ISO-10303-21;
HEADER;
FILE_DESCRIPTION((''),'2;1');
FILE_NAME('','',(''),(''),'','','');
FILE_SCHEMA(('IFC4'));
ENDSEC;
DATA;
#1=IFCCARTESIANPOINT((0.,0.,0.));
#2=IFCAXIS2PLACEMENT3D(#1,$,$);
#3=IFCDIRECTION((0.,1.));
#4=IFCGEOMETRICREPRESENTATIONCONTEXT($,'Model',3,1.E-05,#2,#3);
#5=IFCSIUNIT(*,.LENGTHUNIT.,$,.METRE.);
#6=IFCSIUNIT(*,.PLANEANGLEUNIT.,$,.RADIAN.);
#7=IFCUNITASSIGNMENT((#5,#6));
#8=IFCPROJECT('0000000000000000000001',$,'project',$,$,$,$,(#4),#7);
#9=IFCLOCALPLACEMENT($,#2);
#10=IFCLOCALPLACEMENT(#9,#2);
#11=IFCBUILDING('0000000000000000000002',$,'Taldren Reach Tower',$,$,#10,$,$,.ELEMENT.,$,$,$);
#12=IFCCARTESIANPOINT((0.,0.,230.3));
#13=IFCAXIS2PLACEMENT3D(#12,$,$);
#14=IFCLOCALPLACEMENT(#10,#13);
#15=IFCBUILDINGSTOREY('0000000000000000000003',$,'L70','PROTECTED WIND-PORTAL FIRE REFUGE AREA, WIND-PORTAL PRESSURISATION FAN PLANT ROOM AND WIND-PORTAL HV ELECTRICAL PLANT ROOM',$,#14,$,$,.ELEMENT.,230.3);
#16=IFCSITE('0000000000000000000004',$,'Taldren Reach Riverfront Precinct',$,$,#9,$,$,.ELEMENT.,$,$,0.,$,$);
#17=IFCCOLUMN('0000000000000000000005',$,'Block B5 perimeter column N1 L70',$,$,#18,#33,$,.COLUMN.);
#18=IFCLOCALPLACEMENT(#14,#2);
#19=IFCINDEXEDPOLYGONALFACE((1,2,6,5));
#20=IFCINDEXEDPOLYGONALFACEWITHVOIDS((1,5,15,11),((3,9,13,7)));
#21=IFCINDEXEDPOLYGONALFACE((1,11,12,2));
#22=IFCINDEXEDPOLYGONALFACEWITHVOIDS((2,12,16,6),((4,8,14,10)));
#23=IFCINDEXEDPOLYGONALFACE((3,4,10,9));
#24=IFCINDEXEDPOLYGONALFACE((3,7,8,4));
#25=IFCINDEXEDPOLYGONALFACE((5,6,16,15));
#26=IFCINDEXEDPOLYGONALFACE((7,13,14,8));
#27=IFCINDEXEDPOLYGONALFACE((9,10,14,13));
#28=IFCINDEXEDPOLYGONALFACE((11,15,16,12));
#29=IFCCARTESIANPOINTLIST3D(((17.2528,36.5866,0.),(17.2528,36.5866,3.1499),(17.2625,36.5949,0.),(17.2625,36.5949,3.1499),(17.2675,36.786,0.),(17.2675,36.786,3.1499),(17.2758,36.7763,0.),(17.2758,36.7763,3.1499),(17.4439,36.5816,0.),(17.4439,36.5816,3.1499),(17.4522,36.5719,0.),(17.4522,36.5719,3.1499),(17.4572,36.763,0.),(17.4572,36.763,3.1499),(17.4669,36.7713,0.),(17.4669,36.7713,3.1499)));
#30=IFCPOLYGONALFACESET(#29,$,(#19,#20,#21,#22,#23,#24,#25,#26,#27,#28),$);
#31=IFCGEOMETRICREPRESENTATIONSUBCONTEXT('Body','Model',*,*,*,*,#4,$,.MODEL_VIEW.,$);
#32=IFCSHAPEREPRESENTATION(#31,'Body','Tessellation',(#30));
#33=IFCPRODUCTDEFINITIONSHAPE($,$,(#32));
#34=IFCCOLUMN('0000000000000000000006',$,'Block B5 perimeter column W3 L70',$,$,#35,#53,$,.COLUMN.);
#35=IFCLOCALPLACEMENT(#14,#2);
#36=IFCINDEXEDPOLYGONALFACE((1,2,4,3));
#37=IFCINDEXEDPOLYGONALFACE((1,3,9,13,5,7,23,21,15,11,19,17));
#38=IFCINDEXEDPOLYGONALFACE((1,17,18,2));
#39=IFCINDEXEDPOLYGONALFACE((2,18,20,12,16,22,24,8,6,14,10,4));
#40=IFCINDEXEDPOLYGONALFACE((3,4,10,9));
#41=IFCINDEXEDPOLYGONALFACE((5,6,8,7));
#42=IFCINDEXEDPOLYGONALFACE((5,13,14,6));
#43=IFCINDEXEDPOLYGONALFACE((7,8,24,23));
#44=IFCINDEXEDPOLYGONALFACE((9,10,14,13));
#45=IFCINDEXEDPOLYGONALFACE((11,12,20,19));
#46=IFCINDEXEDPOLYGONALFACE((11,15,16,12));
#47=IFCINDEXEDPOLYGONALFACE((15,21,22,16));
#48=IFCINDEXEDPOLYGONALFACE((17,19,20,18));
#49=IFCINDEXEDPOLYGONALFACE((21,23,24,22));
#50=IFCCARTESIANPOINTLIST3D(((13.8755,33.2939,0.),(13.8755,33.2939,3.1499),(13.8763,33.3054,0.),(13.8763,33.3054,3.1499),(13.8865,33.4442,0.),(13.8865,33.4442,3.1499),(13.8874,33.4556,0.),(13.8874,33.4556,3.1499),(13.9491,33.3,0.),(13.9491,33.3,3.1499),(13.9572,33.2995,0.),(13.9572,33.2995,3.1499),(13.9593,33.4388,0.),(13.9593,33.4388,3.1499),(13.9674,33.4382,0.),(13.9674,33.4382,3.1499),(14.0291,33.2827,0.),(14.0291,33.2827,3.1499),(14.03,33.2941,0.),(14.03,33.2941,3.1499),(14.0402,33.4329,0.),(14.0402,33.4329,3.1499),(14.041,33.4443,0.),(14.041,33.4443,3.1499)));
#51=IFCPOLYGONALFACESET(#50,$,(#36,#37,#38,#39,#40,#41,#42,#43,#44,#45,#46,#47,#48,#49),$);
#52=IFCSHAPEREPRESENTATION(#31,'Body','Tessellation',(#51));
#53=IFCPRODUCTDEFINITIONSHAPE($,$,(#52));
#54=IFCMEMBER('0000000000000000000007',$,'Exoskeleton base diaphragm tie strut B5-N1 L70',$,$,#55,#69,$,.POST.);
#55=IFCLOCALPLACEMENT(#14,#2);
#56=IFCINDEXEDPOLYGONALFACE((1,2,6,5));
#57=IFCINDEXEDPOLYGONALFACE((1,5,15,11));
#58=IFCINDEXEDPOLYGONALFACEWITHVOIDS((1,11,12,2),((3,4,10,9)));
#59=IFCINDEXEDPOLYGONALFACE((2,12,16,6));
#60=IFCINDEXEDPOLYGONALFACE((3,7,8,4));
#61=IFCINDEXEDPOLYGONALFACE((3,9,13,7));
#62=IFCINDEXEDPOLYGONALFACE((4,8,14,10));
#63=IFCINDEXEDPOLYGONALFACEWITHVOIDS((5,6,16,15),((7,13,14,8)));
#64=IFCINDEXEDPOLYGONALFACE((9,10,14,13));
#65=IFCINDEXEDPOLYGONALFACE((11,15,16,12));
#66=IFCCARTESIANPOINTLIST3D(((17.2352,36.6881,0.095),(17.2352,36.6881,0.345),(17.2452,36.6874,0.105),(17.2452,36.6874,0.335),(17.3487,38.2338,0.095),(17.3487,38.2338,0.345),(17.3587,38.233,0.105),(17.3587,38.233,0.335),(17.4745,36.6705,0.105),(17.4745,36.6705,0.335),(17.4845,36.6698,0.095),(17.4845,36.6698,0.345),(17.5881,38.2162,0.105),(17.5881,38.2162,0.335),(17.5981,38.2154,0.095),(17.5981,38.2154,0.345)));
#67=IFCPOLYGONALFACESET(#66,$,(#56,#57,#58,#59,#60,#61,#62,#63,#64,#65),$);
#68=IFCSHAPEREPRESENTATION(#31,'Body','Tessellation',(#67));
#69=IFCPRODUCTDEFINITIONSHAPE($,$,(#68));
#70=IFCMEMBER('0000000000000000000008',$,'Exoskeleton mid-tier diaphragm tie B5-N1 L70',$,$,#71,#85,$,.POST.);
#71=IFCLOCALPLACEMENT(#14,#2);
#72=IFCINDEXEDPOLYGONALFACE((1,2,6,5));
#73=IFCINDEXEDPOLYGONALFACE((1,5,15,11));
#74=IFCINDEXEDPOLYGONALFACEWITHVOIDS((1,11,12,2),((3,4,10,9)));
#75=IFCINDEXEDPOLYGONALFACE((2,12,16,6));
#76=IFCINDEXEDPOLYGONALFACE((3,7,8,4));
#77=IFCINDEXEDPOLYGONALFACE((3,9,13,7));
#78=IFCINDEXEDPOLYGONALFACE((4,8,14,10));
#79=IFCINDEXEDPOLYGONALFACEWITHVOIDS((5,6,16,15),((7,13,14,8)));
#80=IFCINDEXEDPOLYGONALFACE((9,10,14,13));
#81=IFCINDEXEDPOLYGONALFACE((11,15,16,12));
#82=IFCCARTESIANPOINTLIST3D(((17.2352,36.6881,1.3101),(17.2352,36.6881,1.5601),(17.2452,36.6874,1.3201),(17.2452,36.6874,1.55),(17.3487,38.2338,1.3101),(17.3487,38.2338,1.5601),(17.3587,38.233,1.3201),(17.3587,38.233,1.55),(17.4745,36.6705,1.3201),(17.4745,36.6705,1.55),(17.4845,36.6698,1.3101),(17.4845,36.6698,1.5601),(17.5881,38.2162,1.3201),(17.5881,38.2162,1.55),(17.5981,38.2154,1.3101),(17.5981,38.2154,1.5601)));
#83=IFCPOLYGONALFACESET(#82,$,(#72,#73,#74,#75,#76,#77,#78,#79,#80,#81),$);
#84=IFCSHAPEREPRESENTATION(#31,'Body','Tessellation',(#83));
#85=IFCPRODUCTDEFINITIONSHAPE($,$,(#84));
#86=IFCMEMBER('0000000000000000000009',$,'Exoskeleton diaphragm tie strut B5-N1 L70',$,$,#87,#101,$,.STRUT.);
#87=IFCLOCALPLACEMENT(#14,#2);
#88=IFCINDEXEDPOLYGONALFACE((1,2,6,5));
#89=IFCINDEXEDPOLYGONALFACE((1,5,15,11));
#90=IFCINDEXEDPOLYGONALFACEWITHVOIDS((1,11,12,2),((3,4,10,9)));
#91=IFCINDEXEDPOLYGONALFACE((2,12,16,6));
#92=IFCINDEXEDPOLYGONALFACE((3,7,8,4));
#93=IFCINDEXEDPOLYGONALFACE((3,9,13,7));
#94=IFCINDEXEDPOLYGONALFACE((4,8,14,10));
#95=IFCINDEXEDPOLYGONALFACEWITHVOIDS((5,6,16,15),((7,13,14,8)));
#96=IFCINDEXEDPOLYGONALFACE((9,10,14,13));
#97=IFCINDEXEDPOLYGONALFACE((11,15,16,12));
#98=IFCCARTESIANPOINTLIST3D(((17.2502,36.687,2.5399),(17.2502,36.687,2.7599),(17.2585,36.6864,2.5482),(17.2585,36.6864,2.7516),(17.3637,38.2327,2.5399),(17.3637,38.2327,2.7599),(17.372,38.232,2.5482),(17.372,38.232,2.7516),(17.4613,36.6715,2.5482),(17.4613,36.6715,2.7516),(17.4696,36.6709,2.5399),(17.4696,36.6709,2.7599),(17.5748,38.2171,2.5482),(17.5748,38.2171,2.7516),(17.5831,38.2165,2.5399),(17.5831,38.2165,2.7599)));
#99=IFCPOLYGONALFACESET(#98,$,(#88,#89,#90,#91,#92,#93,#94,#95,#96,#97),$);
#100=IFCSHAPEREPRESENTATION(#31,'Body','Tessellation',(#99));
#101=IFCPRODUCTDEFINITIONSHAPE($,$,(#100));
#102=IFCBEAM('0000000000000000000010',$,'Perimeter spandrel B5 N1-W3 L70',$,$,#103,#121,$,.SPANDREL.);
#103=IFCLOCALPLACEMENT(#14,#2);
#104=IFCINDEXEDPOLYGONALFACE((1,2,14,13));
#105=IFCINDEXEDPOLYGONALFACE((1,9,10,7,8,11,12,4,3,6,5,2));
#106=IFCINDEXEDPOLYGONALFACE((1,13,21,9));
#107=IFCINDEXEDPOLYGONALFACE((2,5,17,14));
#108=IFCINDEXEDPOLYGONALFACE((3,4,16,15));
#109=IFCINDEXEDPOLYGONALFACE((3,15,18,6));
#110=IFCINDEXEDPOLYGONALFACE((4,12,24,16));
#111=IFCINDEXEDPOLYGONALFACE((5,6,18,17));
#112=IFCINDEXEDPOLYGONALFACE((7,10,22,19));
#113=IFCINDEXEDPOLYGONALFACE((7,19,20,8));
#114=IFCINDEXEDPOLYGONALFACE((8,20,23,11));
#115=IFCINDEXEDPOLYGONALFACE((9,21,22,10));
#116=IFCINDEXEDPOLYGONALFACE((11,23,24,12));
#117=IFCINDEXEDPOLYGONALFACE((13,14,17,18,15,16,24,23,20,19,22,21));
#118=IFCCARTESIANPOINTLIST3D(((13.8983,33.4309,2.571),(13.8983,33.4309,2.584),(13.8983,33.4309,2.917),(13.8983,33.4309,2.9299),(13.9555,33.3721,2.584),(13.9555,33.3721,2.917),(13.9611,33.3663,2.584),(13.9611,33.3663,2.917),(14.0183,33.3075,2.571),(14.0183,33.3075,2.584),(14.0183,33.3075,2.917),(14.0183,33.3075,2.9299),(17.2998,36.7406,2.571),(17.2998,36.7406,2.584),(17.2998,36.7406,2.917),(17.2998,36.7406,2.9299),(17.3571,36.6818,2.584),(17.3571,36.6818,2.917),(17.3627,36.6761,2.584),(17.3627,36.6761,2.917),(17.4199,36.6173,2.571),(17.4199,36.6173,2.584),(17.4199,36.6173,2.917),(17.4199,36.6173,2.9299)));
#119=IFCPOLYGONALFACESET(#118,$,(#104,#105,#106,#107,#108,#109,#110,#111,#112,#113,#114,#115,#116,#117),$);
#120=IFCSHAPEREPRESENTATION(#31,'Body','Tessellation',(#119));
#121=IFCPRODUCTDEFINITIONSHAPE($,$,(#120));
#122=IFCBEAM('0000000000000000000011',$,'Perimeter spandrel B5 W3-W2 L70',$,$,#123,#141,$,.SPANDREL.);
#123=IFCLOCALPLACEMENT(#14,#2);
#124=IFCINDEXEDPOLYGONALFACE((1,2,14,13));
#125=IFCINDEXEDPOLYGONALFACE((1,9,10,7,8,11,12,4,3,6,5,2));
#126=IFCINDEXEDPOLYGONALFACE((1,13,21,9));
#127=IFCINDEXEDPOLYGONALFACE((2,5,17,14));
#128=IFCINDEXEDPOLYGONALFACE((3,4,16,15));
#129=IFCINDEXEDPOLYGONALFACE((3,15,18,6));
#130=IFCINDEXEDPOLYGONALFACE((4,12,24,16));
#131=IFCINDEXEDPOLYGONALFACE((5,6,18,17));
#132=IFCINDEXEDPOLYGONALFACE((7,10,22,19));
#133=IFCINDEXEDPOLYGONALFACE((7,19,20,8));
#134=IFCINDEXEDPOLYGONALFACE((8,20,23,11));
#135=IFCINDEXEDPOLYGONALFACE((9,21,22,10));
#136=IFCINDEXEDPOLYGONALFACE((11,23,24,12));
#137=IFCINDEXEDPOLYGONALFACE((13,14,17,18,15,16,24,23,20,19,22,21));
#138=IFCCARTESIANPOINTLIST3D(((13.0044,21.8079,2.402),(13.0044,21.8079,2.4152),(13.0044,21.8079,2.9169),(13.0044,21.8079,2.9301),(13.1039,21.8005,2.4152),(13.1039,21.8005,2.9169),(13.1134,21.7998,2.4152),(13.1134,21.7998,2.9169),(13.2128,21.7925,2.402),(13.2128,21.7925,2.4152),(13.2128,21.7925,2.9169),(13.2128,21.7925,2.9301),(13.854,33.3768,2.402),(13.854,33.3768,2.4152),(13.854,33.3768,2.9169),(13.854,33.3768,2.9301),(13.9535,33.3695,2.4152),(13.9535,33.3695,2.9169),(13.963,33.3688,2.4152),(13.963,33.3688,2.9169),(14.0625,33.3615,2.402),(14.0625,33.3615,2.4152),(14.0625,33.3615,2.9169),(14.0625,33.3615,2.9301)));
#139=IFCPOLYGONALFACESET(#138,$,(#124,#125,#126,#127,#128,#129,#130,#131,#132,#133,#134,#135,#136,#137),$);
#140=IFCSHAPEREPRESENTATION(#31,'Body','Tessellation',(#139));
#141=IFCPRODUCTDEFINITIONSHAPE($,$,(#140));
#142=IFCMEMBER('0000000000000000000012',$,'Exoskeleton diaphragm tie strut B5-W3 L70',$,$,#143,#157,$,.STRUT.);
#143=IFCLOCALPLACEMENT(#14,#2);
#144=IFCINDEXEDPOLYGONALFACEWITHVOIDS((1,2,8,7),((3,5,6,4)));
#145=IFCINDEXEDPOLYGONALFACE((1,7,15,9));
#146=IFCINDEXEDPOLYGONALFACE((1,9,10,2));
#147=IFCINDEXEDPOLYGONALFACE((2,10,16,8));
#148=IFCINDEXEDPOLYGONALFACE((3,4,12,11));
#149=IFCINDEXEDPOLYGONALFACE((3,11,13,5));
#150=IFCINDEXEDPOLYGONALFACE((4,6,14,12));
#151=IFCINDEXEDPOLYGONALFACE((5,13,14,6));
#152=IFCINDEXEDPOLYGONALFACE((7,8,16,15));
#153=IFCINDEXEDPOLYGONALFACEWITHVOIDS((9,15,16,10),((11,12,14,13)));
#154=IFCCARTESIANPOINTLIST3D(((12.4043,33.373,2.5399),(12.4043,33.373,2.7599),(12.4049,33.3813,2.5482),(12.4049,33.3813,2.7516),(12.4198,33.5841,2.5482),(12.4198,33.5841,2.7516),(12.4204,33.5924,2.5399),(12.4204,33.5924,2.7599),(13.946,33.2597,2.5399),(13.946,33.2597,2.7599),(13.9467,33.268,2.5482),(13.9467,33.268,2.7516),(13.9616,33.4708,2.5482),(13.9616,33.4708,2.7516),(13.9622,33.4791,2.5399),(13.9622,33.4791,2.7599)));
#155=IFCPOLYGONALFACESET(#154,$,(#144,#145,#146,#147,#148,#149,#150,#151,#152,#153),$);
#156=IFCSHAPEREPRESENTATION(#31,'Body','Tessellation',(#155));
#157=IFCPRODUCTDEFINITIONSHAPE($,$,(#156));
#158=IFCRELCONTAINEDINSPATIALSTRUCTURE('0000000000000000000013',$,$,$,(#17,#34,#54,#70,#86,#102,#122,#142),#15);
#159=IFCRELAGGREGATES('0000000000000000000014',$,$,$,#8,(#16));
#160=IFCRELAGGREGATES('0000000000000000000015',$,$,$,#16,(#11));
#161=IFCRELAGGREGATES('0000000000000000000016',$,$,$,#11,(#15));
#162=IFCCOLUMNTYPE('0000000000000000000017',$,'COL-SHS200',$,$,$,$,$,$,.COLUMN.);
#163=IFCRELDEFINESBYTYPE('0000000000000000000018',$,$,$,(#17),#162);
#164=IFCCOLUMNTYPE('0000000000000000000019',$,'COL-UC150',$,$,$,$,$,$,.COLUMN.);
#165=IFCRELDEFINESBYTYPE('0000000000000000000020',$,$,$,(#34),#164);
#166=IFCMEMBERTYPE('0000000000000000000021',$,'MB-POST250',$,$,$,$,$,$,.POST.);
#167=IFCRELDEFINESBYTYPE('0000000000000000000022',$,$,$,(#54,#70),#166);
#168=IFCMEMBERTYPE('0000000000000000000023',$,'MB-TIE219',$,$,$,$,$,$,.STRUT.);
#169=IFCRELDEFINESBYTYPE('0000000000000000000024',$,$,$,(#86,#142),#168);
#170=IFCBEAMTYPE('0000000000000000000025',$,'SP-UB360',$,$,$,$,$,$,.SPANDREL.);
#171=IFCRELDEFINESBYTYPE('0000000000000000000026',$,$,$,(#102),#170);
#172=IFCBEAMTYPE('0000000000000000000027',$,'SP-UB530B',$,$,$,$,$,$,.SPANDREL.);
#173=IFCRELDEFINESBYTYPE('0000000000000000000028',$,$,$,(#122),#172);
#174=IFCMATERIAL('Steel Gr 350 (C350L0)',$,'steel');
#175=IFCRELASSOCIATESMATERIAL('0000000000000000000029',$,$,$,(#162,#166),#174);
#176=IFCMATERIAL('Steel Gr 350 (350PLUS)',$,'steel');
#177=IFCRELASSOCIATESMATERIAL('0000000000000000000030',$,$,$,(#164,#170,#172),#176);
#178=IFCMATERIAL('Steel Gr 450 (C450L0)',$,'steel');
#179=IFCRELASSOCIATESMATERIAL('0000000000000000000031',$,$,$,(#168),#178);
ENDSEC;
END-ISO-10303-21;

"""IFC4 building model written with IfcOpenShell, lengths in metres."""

from ifc_helpers import new_model, si_unit, direction, frame, origin, origin_2d, place, context, subcontext, project, spatial, hollow_rectangle, i_section, extrude, source, transform, mapped, material, material_profile, profile_set, type_object, element, save


model = new_model("IFC4")

# Units and contexts
model_context = context("Model", 3, precision=1e-05, world=origin(), true_north=direction((0.0, 1.0)))
body_context = subcontext(model_context, "Body", "Model", "MODEL_VIEW")
ifc_project = project(units=[si_unit("LENGTHUNIT", "METRE"), si_unit("PLANEANGLEUNIT", "RADIAN")], contexts=[model_context])

# Site, building, storey
site_placement = place(None, origin())
site = spatial("IfcSite", under=ifc_project, at=site_placement, Name="Taldren Reach Riverfront Precinct", CompositionType="ELEMENT", RefElevation=0.0)
building_placement = place(site_placement, origin())
building = spatial("IfcBuilding", under=site, at=building_placement, Name="Taldren Reach Tower", CompositionType="ELEMENT")
storey_placement = place(building_placement, frame((0.0, 0.0, 230.3)))
storey = spatial("IfcBuildingStorey", under=building, at=storey_placement, Name="L70", Description="PROTECTED WIND-PORTAL FIRE REFUGE AREA, WIND-PORTAL PRESSURISATION FAN PLANT ROOM AND WIND-PORTAL HV ELECTRICAL PLANT ROOM", CompositionType="ELEMENT", Elevation=230.3)

# Columns
ifc_material_1 = material(Name="Steel Gr 350 (C350L0)", Category="steel")
ifc_material_profile_1 = material_profile(ifc_material_1, hollow_rectangle(XDim=0.2, YDim=0.2, WallThickness=0.009, at=origin_2d()), Name="200x200x9.0SHS")
ifc_profile_set_1 = profile_set([ifc_material_profile_1], Name="Steel Gr 350 (C350L0)")
column_type_1 = type_object("IfcColumnType", Name="COL-SHS200", PredefinedType="COLUMN", material=ifc_profile_set_1)
shared_shape_1 = source(origin(), body_context, "Body", "SweptSolid", [
    extrude(hollow_rectangle(XDim=0.2, YDim=0.2, WallThickness=0.009, at=origin_2d()), origin(), (0.0, 0.0, 1.0), 3.1499),
])
column_1_placement = place(storey_placement, frame((17.3599, 36.679, 0.0), z_axis=(0.0, 0.0, 1.0), x_axis=(0.997314, -0.073238, 0.0)))
element("IfcColumn", 1, at=column_1_placement, inside=storey, type_object=column_type_1, Name="Block B5 perimeter column N1 L70", PredefinedType="COLUMN", context=body_context, shape_type="MappedRepresentation", body=[
    mapped(shared_shape_1, transform((0.0, 0.0, 0.0), scale=1.0)),
])
ifc_material_2 = material(Name="Steel Gr 350 (350PLUS)", Category="steel")
ifc_material_profile_2 = material_profile(ifc_material_2, i_section(OverallWidth=0.1541, OverallDepth=0.1621, WebThickness=0.0081, FlangeThickness=0.0115, at=origin_2d()), Name="150UC37.2")
ifc_profile_set_2 = profile_set([ifc_material_profile_2], Name="Steel Gr 350 (350PLUS)")
column_type_2 = type_object("IfcColumnType", Name="COL-UC150", PredefinedType="COLUMN", material=ifc_profile_set_2)
shared_shape_2 = source(origin(), body_context, "Body", "SweptSolid", [
    extrude(i_section(OverallWidth=0.1541, OverallDepth=0.1621, WebThickness=0.0081, FlangeThickness=0.0115, at=origin_2d()), origin(), (0.0, 0.0, 1.0), 3.1499),
])
column_2_placement = place(storey_placement, frame((13.9583, 33.3691, 0.0), z_axis=(0.0, 0.0, 1.0), x_axis=(0.997314, -0.073238, 0.0)))
element("IfcColumn", 2, at=column_2_placement, inside=storey, type_object=column_type_2, Name="Block B5 perimeter column W3 L70", PredefinedType="COLUMN", context=body_context, shape_type="MappedRepresentation", body=[
    mapped(shared_shape_2, transform((0.0, 0.0, 0.0), scale=1.0)),
])

# Members
ifc_material_profile_3 = material_profile(ifc_material_1, hollow_rectangle(XDim=0.25, YDim=0.25, WallThickness=0.01, at=origin_2d()), Name="250x250x10.0SHS")
ifc_profile_set_3 = profile_set([ifc_material_profile_3], Name="Steel Gr 350 (C350L0)")
member_type_1 = type_object("IfcMemberType", Name="MB-POST250", PredefinedType="POST", material=ifc_profile_set_3)
shared_shape_3 = source(origin(), body_context, "Body", "SweptSolid", [
    extrude(hollow_rectangle(XDim=0.25, YDim=0.25, WallThickness=0.01, at=origin_2d()), origin(), (0.0, 0.0, 1.0), 1.5498),
])
for number, where, z_axis, x_axis, name in (
    (3, (17.3599, 36.679, 0.22), (0.073251, 0.997314, 0.0), (-0.997314, 0.073251, 0.0), "Exoskeleton base diaphragm tie strut B5-N1 L70"),
    (4, (17.3599, 36.679, 1.4351), (0.073251, 0.997314, 0.0), (-0.997314, 0.073251, 0.0), "Exoskeleton mid-tier diaphragm tie B5-N1 L70"),
):
    element("IfcMember", number, at=place(storey_placement, frame(where, z_axis=z_axis, x_axis=x_axis)), inside=storey, type_object=member_type_1, Name=name, PredefinedType="POST", context=body_context, shape_type="MappedRepresentation", body=[
        mapped(shared_shape_3, transform((0.0, 0.0, 0.0), scale=1.0)),
    ])
ifc_material_3 = material(Name="Steel Gr 450 (C450L0)", Category="steel")
ifc_material_profile_4 = material_profile(ifc_material_3, hollow_rectangle(XDim=0.22, YDim=0.22, WallThickness=0.0083, at=origin_2d()), Name="220x220x8.2SHS")
ifc_profile_set_4 = profile_set([ifc_material_profile_4], Name="Steel Gr 450 (C450L0)")
member_type_2 = type_object("IfcMemberType", Name="MB-TIE219", PredefinedType="STRUT", material=ifc_profile_set_4)
shared_shape_4 = source(origin(), body_context, "Body", "SweptSolid", [
    extrude(hollow_rectangle(XDim=0.22, YDim=0.22, WallThickness=0.0083, at=origin_2d()), origin(), (0.0, 0.0, 1.0), 1.5498),
])
member_1_placement = place(storey_placement, frame((17.3599, 36.679, 2.6499), z_axis=(0.073251, 0.997314, 0.0), x_axis=(-0.997314, 0.073251, 0.0)))
element("IfcMember", 5, at=member_1_placement, inside=storey, type_object=member_type_2, Name="Exoskeleton diaphragm tie strut B5-N1 L70", PredefinedType="STRUT", context=body_context, shape_type="MappedRepresentation", body=[
    mapped(shared_shape_4, transform((0.0, 0.0, 0.0), scale=1.0)),
])

# Beams
ifc_material_profile_5 = material_profile(ifc_material_2, i_section(OverallWidth=0.1721, OverallDepth=0.3589, WebThickness=0.0081, FlangeThickness=0.0129, at=origin_2d()), Name="360UB56.7")
ifc_profile_set_5 = profile_set([ifc_material_profile_5], Name="Steel Gr 350 (350PLUS)")
beam_type_1 = type_object("IfcBeamType", Name="SP-UB360", PredefinedType="SPANDREL", material=ifc_profile_set_5)
shared_shape_5 = source(origin(), body_context, "Body", "SweptSolid", [
    extrude(i_section(OverallWidth=0.1721, OverallDepth=0.3589, WebThickness=0.0081, FlangeThickness=0.0129, at=origin_2d()), origin(), (0.0, 0.0, 1.0), 4.7461),
])
beam_1_placement = place(storey_placement, frame((17.3599, 36.679, 2.7505), z_axis=(-0.716711, -0.69737, 0.0), x_axis=(0.69737, -0.716711, 0.0)))
element("IfcBeam", 6, at=beam_1_placement, inside=storey, type_object=beam_type_1, Name="Perimeter spandrel B5 N1-W3 L70", PredefinedType="SPANDREL", context=body_context, shape_type="MappedRepresentation", body=[
    mapped(shared_shape_5, transform((0.0, 0.0, 0.0), scale=1.0)),
])
ifc_material_profile_6 = material_profile(ifc_material_2, i_section(OverallWidth=0.209, OverallDepth=0.5281, WebThickness=0.0095, FlangeThickness=0.0132, at=origin_2d()), Name="530UB82.0")
ifc_profile_set_6 = profile_set([ifc_material_profile_6], Name="Steel Gr 350 (350PLUS)")
beam_type_2 = type_object("IfcBeamType", Name="SP-UB530B", PredefinedType="SPANDREL", material=ifc_profile_set_6)
shared_shape_6 = source(origin(), body_context, "Body", "SweptSolid", [
    extrude(i_section(OverallWidth=0.209, OverallDepth=0.5281, WebThickness=0.0095, FlangeThickness=0.0132, at=origin_2d()), origin(), (0.0, 0.0, 1.0), 11.6001),
])
beam_2_placement = place(storey_placement, frame((13.9583, 33.3691, 2.666), z_axis=(-0.073242, -0.997314, 0.0), x_axis=(0.997314, -0.073242, 0.0)))
element("IfcBeam", 7, at=beam_2_placement, inside=storey, type_object=beam_type_2, Name="Perimeter spandrel B5 W3-W2 L70", PredefinedType="SPANDREL", context=body_context, shape_type="MappedRepresentation", body=[
    mapped(shared_shape_6, transform((0.0, 0.0, 0.0), scale=1.0)),
])

# Member
shared_shape_7 = source(origin(), body_context, "Body", "SweptSolid", [
    extrude(hollow_rectangle(XDim=0.22, YDim=0.22, WallThickness=0.0083, at=origin_2d()), origin(), (0.0, 0.0, 1.0), 1.5459),
])
member_2_placement = place(storey_placement, frame((13.9541, 33.3694, 2.6499), z_axis=(-0.997312, 0.073278, 0.0), x_axis=(-0.073278, -0.997312, 0.0)))
element("IfcMember", 8, at=member_2_placement, inside=storey, type_object=member_type_2, Name="Exoskeleton diaphragm tie strut B5-W3 L70", PredefinedType="STRUT", context=body_context, shape_type="MappedRepresentation", body=[
    mapped(shared_shape_7, transform((0.0, 0.0, 0.0), scale=1.0)),
])

save(model, "model.ifc")
